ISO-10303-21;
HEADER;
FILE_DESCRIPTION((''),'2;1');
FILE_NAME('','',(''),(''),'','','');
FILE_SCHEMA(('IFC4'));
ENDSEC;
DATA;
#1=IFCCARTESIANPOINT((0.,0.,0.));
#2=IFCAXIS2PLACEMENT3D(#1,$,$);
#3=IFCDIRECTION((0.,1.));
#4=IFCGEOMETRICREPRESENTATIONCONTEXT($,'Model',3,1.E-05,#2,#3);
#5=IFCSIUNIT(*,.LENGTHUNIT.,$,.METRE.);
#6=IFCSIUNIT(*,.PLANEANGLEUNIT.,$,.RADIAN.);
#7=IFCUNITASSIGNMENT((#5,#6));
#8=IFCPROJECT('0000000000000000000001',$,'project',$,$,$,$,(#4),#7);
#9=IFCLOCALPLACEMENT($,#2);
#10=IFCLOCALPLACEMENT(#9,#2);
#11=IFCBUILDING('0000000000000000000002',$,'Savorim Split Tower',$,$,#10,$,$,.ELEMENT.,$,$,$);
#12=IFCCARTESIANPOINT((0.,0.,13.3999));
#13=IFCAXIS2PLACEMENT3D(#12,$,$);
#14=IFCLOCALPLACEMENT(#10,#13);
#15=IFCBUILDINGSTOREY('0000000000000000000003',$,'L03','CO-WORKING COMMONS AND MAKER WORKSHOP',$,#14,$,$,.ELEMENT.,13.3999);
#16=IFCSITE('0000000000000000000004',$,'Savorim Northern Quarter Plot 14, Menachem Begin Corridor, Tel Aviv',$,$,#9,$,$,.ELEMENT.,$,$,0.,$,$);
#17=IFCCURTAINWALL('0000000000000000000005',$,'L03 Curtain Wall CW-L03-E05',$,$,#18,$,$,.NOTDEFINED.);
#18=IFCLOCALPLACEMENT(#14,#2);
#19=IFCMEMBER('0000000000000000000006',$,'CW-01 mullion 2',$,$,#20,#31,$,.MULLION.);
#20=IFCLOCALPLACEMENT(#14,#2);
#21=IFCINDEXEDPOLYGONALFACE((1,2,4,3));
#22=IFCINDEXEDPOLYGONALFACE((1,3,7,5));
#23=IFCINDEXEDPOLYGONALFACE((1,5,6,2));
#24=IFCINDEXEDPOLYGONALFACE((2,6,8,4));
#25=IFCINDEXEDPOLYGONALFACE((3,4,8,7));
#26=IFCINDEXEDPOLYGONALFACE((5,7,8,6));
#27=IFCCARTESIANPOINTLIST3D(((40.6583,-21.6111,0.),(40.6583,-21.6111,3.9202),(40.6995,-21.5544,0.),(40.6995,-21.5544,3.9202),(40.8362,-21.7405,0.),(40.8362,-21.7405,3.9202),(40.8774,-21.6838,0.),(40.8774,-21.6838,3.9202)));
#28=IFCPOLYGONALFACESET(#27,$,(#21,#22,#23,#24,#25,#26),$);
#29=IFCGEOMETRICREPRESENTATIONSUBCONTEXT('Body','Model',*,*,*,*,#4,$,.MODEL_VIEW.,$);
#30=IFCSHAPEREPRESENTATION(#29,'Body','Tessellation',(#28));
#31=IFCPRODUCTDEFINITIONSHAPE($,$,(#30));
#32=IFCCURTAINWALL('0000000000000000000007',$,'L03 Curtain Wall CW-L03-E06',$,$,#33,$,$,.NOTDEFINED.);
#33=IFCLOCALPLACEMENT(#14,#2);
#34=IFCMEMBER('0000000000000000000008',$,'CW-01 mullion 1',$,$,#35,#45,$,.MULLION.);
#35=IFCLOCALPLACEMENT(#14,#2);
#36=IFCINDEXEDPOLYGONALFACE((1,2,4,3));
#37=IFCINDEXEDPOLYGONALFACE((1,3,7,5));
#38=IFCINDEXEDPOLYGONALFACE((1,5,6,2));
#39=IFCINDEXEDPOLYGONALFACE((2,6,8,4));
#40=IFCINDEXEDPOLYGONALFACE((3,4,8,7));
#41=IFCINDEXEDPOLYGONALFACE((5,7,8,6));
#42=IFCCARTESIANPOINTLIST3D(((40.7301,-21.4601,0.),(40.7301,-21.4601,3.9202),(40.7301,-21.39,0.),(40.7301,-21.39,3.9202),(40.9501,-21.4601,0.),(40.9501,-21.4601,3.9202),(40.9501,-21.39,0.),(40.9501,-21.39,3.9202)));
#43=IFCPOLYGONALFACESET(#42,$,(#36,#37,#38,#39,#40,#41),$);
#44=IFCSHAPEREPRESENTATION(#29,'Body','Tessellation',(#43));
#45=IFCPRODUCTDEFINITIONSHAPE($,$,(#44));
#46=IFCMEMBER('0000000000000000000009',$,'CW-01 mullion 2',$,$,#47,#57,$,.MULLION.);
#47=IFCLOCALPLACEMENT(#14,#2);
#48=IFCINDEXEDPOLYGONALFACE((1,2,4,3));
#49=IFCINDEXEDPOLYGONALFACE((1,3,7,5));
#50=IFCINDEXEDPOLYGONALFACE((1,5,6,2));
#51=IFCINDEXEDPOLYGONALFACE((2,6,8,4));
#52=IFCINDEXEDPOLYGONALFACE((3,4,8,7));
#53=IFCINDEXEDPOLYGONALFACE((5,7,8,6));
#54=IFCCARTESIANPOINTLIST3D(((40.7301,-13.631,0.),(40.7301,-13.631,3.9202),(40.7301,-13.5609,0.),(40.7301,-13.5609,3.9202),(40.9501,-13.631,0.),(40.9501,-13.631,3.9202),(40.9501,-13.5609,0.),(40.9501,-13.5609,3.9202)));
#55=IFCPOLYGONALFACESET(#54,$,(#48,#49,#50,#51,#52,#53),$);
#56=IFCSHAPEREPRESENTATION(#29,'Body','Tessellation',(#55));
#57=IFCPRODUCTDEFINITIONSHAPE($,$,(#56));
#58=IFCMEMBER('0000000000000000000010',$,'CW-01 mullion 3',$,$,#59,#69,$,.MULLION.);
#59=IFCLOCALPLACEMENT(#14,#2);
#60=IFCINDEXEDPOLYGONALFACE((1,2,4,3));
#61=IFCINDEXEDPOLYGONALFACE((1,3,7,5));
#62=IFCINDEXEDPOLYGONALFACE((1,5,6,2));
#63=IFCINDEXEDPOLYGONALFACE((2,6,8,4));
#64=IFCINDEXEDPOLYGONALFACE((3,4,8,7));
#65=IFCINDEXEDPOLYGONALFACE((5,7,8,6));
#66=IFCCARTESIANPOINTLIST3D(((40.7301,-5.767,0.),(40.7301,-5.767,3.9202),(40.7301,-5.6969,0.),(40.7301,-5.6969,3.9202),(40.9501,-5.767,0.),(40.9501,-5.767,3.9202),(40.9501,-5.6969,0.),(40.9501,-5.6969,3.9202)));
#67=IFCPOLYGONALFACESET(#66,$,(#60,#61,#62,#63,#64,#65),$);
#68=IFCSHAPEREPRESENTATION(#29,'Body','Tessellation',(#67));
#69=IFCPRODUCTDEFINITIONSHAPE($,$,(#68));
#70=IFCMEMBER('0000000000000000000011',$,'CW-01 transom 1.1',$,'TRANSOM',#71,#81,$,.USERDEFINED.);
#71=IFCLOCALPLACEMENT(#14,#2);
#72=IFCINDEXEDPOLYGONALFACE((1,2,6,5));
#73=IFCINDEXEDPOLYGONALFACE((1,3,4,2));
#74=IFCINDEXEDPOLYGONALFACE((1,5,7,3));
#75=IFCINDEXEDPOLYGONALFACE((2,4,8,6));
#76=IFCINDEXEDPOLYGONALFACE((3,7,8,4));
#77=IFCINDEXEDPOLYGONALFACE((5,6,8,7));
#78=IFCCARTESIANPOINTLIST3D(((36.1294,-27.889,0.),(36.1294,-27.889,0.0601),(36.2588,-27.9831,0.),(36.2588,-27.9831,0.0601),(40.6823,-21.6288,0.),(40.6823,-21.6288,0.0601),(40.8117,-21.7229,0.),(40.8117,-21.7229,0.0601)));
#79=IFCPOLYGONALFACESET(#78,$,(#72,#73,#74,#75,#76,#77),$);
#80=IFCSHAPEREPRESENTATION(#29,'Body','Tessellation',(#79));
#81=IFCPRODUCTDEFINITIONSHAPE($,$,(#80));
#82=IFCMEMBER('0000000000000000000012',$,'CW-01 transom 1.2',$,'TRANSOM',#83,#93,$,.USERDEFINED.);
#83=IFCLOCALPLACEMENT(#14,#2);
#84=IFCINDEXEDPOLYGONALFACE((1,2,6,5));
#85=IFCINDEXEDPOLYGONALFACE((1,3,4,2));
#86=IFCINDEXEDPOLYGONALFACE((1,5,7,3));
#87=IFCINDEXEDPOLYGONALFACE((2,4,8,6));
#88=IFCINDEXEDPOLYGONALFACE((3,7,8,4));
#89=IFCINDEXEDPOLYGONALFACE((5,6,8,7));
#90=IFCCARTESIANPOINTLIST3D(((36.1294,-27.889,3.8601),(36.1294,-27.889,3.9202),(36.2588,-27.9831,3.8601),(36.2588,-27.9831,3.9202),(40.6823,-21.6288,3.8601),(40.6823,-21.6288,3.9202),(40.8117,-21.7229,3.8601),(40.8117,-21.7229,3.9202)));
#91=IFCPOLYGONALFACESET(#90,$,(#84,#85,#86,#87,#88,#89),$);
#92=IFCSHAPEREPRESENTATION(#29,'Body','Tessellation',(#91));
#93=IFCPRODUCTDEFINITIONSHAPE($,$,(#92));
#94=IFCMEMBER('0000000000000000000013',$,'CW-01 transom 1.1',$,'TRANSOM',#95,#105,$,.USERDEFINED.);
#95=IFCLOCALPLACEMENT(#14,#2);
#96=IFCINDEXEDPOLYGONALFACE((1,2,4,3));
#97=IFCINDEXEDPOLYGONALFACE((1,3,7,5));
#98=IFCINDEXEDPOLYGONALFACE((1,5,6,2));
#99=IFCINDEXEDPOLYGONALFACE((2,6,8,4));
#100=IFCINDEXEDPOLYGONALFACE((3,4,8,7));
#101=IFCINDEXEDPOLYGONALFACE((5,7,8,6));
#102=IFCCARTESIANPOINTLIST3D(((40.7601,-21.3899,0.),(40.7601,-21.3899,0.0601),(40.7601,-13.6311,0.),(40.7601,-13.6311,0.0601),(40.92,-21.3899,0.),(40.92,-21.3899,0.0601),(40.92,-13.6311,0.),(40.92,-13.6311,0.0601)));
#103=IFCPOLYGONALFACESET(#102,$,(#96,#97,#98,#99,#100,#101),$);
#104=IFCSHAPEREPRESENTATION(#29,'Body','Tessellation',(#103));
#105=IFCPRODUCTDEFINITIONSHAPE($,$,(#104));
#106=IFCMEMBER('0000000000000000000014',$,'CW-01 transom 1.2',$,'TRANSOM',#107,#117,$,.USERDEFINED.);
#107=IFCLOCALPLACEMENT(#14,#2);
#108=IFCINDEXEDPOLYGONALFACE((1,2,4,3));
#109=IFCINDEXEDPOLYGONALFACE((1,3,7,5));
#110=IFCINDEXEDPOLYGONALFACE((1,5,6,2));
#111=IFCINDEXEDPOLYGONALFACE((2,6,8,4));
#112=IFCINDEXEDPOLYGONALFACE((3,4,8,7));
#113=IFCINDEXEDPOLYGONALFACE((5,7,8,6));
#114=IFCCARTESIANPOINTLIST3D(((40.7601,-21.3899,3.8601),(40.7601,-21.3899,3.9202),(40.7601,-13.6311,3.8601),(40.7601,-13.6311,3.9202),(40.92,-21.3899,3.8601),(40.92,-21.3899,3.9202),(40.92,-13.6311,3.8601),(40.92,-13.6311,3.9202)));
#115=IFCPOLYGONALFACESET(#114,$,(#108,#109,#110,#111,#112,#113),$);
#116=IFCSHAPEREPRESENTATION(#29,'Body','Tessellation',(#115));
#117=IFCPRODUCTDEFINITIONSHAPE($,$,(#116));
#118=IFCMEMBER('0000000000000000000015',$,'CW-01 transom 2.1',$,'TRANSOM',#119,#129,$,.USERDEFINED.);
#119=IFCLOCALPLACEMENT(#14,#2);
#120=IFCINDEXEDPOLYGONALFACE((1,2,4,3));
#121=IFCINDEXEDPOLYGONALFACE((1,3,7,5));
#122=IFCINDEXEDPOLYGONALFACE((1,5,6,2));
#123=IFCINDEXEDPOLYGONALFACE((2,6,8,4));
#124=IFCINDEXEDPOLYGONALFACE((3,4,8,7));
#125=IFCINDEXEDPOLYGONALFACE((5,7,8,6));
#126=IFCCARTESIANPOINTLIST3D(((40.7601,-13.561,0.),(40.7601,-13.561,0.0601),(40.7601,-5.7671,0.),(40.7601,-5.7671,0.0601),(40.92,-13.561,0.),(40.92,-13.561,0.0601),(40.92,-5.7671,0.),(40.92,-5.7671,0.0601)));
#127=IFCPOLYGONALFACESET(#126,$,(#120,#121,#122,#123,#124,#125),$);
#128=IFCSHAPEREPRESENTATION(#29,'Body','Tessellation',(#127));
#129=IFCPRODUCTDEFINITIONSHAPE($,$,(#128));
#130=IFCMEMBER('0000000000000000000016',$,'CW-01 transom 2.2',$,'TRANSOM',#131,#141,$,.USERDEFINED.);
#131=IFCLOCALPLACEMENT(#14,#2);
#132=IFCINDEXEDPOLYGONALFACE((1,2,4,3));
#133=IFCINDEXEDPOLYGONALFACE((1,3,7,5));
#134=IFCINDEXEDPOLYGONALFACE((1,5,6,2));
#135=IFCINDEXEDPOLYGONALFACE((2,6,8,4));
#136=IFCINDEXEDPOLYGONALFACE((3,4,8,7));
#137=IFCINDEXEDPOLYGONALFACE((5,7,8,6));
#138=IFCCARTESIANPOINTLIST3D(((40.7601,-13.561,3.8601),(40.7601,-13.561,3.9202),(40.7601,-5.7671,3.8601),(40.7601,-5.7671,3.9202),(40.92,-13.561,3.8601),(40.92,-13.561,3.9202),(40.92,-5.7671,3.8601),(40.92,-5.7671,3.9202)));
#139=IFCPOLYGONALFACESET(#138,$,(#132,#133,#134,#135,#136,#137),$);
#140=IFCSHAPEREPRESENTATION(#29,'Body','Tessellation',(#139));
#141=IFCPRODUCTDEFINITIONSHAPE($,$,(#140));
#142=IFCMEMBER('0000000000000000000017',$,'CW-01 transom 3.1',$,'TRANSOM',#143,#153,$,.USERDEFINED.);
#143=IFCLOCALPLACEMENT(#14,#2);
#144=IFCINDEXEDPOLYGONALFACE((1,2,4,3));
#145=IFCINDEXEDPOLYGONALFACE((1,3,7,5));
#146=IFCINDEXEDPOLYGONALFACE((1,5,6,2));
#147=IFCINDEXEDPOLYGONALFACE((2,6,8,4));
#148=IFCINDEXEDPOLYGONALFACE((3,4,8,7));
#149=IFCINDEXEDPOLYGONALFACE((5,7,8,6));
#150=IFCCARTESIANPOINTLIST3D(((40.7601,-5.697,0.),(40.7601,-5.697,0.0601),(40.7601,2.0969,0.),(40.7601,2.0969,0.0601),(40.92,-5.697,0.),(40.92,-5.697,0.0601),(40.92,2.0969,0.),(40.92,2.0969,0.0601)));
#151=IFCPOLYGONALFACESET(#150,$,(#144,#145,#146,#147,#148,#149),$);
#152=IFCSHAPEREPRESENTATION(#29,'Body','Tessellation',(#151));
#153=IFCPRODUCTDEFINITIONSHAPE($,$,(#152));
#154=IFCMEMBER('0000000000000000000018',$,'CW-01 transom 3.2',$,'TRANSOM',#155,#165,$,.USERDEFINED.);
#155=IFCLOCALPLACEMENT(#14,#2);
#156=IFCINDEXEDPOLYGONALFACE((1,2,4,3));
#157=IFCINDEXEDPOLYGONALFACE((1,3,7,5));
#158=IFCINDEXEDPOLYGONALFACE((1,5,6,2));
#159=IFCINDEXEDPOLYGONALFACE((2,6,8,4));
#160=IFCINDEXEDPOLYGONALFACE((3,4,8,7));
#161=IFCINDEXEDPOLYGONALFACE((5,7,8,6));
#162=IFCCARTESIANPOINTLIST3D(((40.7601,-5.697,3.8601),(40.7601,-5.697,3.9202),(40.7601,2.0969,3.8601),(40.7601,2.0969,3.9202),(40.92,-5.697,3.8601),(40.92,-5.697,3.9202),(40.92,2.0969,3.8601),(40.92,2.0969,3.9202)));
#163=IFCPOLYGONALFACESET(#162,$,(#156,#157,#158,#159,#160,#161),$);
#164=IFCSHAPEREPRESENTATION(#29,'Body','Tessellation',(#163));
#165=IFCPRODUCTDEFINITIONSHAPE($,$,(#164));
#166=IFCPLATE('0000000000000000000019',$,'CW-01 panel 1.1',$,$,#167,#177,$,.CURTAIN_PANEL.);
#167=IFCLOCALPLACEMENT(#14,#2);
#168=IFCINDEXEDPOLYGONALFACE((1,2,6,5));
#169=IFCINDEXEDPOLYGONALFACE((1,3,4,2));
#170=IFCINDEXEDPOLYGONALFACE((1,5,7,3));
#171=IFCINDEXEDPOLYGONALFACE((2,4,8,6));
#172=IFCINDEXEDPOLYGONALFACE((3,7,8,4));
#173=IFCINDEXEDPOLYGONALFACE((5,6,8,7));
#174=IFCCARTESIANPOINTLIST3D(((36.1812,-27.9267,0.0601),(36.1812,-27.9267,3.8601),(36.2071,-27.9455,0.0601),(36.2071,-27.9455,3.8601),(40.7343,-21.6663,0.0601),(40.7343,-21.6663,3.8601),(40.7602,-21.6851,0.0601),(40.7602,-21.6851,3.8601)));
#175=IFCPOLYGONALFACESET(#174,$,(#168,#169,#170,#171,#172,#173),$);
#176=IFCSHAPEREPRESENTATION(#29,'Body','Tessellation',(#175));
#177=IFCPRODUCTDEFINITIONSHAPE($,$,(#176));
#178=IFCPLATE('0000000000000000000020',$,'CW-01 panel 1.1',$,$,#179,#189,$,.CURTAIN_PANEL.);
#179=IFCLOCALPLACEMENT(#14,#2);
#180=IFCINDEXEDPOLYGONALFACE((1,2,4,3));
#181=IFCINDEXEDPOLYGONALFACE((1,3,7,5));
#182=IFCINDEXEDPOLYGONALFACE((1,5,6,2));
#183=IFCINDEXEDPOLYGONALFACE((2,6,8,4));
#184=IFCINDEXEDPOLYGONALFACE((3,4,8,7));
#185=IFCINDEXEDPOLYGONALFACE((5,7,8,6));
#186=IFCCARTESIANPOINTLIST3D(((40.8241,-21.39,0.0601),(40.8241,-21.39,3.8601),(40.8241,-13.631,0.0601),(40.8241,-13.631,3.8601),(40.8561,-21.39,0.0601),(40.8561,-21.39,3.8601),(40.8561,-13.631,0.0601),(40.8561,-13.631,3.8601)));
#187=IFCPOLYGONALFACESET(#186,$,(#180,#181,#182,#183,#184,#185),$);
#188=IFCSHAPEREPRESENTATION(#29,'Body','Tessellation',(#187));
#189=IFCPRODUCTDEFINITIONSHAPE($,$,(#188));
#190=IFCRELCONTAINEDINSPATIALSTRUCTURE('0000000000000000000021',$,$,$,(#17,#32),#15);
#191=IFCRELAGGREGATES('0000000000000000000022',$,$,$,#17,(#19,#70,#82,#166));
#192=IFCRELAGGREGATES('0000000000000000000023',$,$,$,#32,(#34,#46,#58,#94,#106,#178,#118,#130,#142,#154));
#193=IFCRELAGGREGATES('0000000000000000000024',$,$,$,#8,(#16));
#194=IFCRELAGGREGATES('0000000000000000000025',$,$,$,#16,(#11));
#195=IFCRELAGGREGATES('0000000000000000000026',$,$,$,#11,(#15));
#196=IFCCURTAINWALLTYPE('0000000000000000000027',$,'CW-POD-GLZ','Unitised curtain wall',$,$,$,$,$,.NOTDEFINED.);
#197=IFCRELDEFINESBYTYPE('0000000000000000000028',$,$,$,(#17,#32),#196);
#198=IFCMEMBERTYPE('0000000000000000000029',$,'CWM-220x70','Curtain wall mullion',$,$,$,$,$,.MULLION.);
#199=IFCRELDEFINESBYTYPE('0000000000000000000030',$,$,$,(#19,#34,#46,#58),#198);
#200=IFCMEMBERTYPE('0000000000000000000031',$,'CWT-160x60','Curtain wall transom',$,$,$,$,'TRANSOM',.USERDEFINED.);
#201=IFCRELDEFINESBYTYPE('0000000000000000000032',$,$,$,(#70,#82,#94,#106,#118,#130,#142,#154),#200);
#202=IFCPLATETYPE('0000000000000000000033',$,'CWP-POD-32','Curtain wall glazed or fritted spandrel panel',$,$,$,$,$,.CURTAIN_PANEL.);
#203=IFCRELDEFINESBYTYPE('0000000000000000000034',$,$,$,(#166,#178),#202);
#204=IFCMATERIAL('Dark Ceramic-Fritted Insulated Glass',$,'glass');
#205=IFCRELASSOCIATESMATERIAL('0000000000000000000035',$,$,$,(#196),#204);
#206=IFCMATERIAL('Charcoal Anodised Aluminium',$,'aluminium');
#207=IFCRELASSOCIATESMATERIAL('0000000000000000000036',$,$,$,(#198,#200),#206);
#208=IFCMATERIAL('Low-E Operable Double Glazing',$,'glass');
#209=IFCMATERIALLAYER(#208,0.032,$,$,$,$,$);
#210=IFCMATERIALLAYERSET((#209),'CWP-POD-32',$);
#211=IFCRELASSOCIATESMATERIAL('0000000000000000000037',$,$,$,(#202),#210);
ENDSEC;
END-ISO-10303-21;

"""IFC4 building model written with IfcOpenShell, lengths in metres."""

from ifc_helpers import new_model, si_unit, direction, frame, origin, origin_2d, place, context, subcontext, project, spatial, rectangle, extrude, material, layer, layer_set, material_profile, profile_set, type_object, element, aggregate, save


model = new_model("IFC4")

# Units and contexts
model_context = context("Model", 3, precision=1e-05, world=origin(), true_north=direction((0.0, 1.0)))
body_context = subcontext(model_context, "Body", "Model", "MODEL_VIEW")
ifc_project = project(units=[si_unit("LENGTHUNIT", "METRE"), si_unit("PLANEANGLEUNIT", "RADIAN")], contexts=[model_context])

# Site, building, storey
site_placement = place(None, origin())
site = spatial("IfcSite", under=ifc_project, at=site_placement, Name="Savorim Northern Quarter Plot 14, Menachem Begin Corridor, Tel Aviv", CompositionType="ELEMENT", RefElevation=0.0)
building_placement = place(site_placement, origin())
building = spatial("IfcBuilding", under=site, at=building_placement, Name="Savorim Split Tower", CompositionType="ELEMENT")
storey_placement = place(building_placement, frame((0.0, 0.0, 13.3999)))
storey = spatial("IfcBuildingStorey", under=building, at=storey_placement, Name="L03", Description="CO-WORKING COMMONS AND MAKER WORKSHOP", CompositionType="ELEMENT", Elevation=13.3999)

# Shared definitions
ifc_material_1 = material(Name="Dark Ceramic-Fritted Insulated Glass", Category="glass")
curtain_wall_type = type_object("IfcCurtainWallType", Name="CW-POD-GLZ", Description="Unitised curtain wall", PredefinedType="NOTDEFINED", material=ifc_material_1)
ifc_material_2 = material(Name="Charcoal Anodised Aluminium", Category="aluminium")
ifc_material_profile_1 = material_profile(ifc_material_2, rectangle(XDim=0.22, YDim=0.0701, at=origin_2d()), Name="ALU-M 220x70")
ifc_profile_set_1 = profile_set([ifc_material_profile_1], Name="Charcoal Anodised Aluminium")
member_type_1 = type_object("IfcMemberType", Name="CWM-220x70", Description="Curtain wall mullion", PredefinedType="MULLION", material=ifc_profile_set_1)

# Curtain walls, members
curtain_wall_1_placement = place(storey_placement, origin())
curtain_wall_1 = element("IfcCurtainWall", 1, at=curtain_wall_1_placement, inside=storey, type_object=curtain_wall_type, Name="L03 Curtain Wall CW-L03-E05", PredefinedType="NOTDEFINED")
member_1_placement = place(storey_placement, frame((40.7678, -21.6475, 0.0), z_axis=(0.0, 0.0, 1.0), x_axis=(-0.808733, 0.588176, 0.0)))
member_1 = element("IfcMember", 2, at=member_1_placement, type_object=member_type_1, Name="CW-01 mullion 2", PredefinedType="MULLION", context=body_context, shape_type="SweptSolid", body=[
    extrude(rectangle(XDim=0.22, YDim=0.0701, at=origin_2d()), origin(), (0.0, 0.0, 1.0), 3.9202),
])
curtain_wall_2_placement = place(storey_placement, origin())
curtain_wall_2 = element("IfcCurtainWall", 3, at=curtain_wall_2_placement, inside=storey, type_object=curtain_wall_type, Name="L03 Curtain Wall CW-L03-E06", PredefinedType="NOTDEFINED")
member_2_placement = place(storey_placement, frame((40.8401, -21.425, 0.0), z_axis=(0.0, 0.0, 1.0), x_axis=(-1.0, 0.0, 0.0)))
member_2 = element("IfcMember", 4, at=member_2_placement, type_object=member_type_1, Name="CW-01 mullion 1", PredefinedType="MULLION", context=body_context, shape_type="SweptSolid", body=[
    extrude(rectangle(XDim=0.22, YDim=0.0701, at=origin_2d()), origin(), (0.0, 0.0, 1.0), 3.9202),
])
member_3_placement = place(storey_placement, frame((40.8401, -13.5959, 0.0), z_axis=(0.0, 0.0, 1.0), x_axis=(-1.0, 0.0, 0.0)))
member_3 = element("IfcMember", 5, at=member_3_placement, type_object=member_type_1, Name="CW-01 mullion 2", PredefinedType="MULLION", context=body_context, shape_type="SweptSolid", body=[
    extrude(rectangle(XDim=0.22, YDim=0.0701, at=origin_2d()), origin(), (0.0, 0.0, 1.0), 3.9202),
])
member_4_placement = place(storey_placement, frame((40.8401, -5.7319, 0.0), z_axis=(0.0, 0.0, 1.0), x_axis=(-1.0, 0.0, 0.0)))
member_4 = element("IfcMember", 6, at=member_4_placement, type_object=member_type_1, Name="CW-01 mullion 3", PredefinedType="MULLION", context=body_context, shape_type="SweptSolid", body=[
    extrude(rectangle(XDim=0.22, YDim=0.0701, at=origin_2d()), origin(), (0.0, 0.0, 1.0), 3.9202),
])

# Members
ifc_material_profile_2 = material_profile(ifc_material_2, rectangle(XDim=0.1599, YDim=0.0601, at=origin_2d()), Name="ALU-T 160x60")
ifc_profile_set_2 = profile_set([ifc_material_profile_2], Name="Charcoal Anodised Aluminium")
member_type_2 = type_object("IfcMemberType", Name="CWT-160x60", Description="Curtain wall transom", ElementType="TRANSOM", PredefinedType="USERDEFINED", material=ifc_profile_set_2)
member_5_placement = place(storey_placement, frame((36.1941, -27.936, 0.03), z_axis=(0.588177, 0.808732, 0.0), x_axis=(-0.808732, 0.588177, 0.0)))
member_5 = element("IfcMember", 7, at=member_5_placement, type_object=member_type_2, Name="CW-01 transom 1.1", ObjectType="TRANSOM", PredefinedType="USERDEFINED", context=body_context, shape_type="SweptSolid", body=[
    extrude(rectangle(XDim=0.1599, YDim=0.0601, at=origin_2d()), origin(), (0.0, 0.0, 1.0), 7.7407),
])
member_6_placement = place(storey_placement, frame((36.1941, -27.936, 3.8901), z_axis=(0.588177, 0.808732, 0.0), x_axis=(-0.808732, 0.588177, 0.0)))
member_6 = element("IfcMember", 8, at=member_6_placement, type_object=member_type_2, Name="CW-01 transom 1.2", ObjectType="TRANSOM", PredefinedType="USERDEFINED", context=body_context, shape_type="SweptSolid", body=[
    extrude(rectangle(XDim=0.1599, YDim=0.0601, at=origin_2d()), origin(), (0.0, 0.0, 1.0), 7.7407),
])
member_7_placement = place(storey_placement, frame((40.8401, -21.3899, 0.03), z_axis=(0.0, 1.0, 0.0), x_axis=(-1.0, 0.0, 0.0)))
member_7 = element("IfcMember", 9, at=member_7_placement, type_object=member_type_2, Name="CW-01 transom 1.1", ObjectType="TRANSOM", PredefinedType="USERDEFINED", context=body_context, shape_type="SweptSolid", body=[
    extrude(rectangle(XDim=0.1599, YDim=0.0601, at=origin_2d()), origin(), (0.0, 0.0, 1.0), 7.7588),
])
member_8_placement = place(storey_placement, frame((40.8401, -21.3899, 3.8901), z_axis=(0.0, 1.0, 0.0), x_axis=(-1.0, 0.0, 0.0)))
member_8 = element("IfcMember", 10, at=member_8_placement, type_object=member_type_2, Name="CW-01 transom 1.2", ObjectType="TRANSOM", PredefinedType="USERDEFINED", context=body_context, shape_type="SweptSolid", body=[
    extrude(rectangle(XDim=0.1599, YDim=0.0601, at=origin_2d()), origin(), (0.0, 0.0, 1.0), 7.7588),
])
member_9_placement = place(storey_placement, frame((40.8401, -13.561, 0.03), z_axis=(0.0, 1.0, 0.0), x_axis=(-1.0, 0.0, 0.0)))
member_9 = element("IfcMember", 11, at=member_9_placement, type_object=member_type_2, Name="CW-01 transom 2.1", ObjectType="TRANSOM", PredefinedType="USERDEFINED", context=body_context, shape_type="SweptSolid", body=[
    extrude(rectangle(XDim=0.1599, YDim=0.0601, at=origin_2d()), origin(), (0.0, 0.0, 1.0), 7.7939),
])
member_10_placement = place(storey_placement, frame((40.8401, -13.561, 3.8901), z_axis=(0.0, 1.0, 0.0), x_axis=(-1.0, 0.0, 0.0)))
member_10 = element("IfcMember", 12, at=member_10_placement, type_object=member_type_2, Name="CW-01 transom 2.2", ObjectType="TRANSOM", PredefinedType="USERDEFINED", context=body_context, shape_type="SweptSolid", body=[
    extrude(rectangle(XDim=0.1599, YDim=0.0601, at=origin_2d()), origin(), (0.0, 0.0, 1.0), 7.7939),
])
member_11_placement = place(storey_placement, frame((40.8401, -5.697, 0.03), z_axis=(0.0, 1.0, 0.0), x_axis=(-1.0, 0.0, 0.0)))
member_11 = element("IfcMember", 13, at=member_11_placement, type_object=member_type_2, Name="CW-01 transom 3.1", ObjectType="TRANSOM", PredefinedType="USERDEFINED", context=body_context, shape_type="SweptSolid", body=[
    extrude(rectangle(XDim=0.1599, YDim=0.0601, at=origin_2d()), origin(), (0.0, 0.0, 1.0), 7.7939),
])
member_12_placement = place(storey_placement, frame((40.8401, -5.697, 3.8901), z_axis=(0.0, 1.0, 0.0), x_axis=(-1.0, 0.0, 0.0)))
member_12 = element("IfcMember", 14, at=member_12_placement, type_object=member_type_2, Name="CW-01 transom 3.2", ObjectType="TRANSOM", PredefinedType="USERDEFINED", context=body_context, shape_type="SweptSolid", body=[
    extrude(rectangle(XDim=0.1599, YDim=0.0601, at=origin_2d()), origin(), (0.0, 0.0, 1.0), 7.7939),
])

# Plates
ifc_material_3 = material(Name="Low-E Operable Double Glazing", Category="glass")
ifc_layer = layer(ifc_material_3, 0.032)
ifc_layer_set = layer_set([ifc_layer], Name="CWP-POD-32")
plate_type = type_object("IfcPlateType", Name="CWP-POD-32", Description="Curtain wall glazed or fritted spandrel panel", PredefinedType="CURTAIN_PANEL", material=ifc_layer_set)
plate_1_placement = place(storey_placement, frame((38.4707, -24.8059, 0.0601), z_axis=(0.0, 0.0, 1.0), x_axis=(0.588176, 0.808733, 0.0)))
plate_1 = element("IfcPlate", 15, at=plate_1_placement, type_object=plate_type, Name="CW-01 panel 1.1", PredefinedType="CURTAIN_PANEL", context=body_context, shape_type="SweptSolid", body=[
    extrude(rectangle(XDim=7.741, YDim=0.032, at=origin_2d()), origin(), (0.0, 0.0, 1.0), 3.8),
])
aggregate(curtain_wall_1, [member_1, member_5, member_6, plate_1])
plate_2_placement = place(storey_placement, frame((40.8401, -17.5105, 0.0601), z_axis=(0.0, 0.0, 1.0), x_axis=(0.0, 1.0, 0.0)))
plate_2 = element("IfcPlate", 16, at=plate_2_placement, type_object=plate_type, Name="CW-01 panel 1.1", PredefinedType="CURTAIN_PANEL", context=body_context, shape_type="SweptSolid", body=[
    extrude(rectangle(XDim=7.759, YDim=0.032, at=origin_2d()), origin(), (0.0, 0.0, 1.0), 3.8),
])
aggregate(curtain_wall_2, [member_2, member_3, member_4, member_7, member_8, plate_2, member_9, member_10, member_11, member_12])

save(model, "model.ifc")
